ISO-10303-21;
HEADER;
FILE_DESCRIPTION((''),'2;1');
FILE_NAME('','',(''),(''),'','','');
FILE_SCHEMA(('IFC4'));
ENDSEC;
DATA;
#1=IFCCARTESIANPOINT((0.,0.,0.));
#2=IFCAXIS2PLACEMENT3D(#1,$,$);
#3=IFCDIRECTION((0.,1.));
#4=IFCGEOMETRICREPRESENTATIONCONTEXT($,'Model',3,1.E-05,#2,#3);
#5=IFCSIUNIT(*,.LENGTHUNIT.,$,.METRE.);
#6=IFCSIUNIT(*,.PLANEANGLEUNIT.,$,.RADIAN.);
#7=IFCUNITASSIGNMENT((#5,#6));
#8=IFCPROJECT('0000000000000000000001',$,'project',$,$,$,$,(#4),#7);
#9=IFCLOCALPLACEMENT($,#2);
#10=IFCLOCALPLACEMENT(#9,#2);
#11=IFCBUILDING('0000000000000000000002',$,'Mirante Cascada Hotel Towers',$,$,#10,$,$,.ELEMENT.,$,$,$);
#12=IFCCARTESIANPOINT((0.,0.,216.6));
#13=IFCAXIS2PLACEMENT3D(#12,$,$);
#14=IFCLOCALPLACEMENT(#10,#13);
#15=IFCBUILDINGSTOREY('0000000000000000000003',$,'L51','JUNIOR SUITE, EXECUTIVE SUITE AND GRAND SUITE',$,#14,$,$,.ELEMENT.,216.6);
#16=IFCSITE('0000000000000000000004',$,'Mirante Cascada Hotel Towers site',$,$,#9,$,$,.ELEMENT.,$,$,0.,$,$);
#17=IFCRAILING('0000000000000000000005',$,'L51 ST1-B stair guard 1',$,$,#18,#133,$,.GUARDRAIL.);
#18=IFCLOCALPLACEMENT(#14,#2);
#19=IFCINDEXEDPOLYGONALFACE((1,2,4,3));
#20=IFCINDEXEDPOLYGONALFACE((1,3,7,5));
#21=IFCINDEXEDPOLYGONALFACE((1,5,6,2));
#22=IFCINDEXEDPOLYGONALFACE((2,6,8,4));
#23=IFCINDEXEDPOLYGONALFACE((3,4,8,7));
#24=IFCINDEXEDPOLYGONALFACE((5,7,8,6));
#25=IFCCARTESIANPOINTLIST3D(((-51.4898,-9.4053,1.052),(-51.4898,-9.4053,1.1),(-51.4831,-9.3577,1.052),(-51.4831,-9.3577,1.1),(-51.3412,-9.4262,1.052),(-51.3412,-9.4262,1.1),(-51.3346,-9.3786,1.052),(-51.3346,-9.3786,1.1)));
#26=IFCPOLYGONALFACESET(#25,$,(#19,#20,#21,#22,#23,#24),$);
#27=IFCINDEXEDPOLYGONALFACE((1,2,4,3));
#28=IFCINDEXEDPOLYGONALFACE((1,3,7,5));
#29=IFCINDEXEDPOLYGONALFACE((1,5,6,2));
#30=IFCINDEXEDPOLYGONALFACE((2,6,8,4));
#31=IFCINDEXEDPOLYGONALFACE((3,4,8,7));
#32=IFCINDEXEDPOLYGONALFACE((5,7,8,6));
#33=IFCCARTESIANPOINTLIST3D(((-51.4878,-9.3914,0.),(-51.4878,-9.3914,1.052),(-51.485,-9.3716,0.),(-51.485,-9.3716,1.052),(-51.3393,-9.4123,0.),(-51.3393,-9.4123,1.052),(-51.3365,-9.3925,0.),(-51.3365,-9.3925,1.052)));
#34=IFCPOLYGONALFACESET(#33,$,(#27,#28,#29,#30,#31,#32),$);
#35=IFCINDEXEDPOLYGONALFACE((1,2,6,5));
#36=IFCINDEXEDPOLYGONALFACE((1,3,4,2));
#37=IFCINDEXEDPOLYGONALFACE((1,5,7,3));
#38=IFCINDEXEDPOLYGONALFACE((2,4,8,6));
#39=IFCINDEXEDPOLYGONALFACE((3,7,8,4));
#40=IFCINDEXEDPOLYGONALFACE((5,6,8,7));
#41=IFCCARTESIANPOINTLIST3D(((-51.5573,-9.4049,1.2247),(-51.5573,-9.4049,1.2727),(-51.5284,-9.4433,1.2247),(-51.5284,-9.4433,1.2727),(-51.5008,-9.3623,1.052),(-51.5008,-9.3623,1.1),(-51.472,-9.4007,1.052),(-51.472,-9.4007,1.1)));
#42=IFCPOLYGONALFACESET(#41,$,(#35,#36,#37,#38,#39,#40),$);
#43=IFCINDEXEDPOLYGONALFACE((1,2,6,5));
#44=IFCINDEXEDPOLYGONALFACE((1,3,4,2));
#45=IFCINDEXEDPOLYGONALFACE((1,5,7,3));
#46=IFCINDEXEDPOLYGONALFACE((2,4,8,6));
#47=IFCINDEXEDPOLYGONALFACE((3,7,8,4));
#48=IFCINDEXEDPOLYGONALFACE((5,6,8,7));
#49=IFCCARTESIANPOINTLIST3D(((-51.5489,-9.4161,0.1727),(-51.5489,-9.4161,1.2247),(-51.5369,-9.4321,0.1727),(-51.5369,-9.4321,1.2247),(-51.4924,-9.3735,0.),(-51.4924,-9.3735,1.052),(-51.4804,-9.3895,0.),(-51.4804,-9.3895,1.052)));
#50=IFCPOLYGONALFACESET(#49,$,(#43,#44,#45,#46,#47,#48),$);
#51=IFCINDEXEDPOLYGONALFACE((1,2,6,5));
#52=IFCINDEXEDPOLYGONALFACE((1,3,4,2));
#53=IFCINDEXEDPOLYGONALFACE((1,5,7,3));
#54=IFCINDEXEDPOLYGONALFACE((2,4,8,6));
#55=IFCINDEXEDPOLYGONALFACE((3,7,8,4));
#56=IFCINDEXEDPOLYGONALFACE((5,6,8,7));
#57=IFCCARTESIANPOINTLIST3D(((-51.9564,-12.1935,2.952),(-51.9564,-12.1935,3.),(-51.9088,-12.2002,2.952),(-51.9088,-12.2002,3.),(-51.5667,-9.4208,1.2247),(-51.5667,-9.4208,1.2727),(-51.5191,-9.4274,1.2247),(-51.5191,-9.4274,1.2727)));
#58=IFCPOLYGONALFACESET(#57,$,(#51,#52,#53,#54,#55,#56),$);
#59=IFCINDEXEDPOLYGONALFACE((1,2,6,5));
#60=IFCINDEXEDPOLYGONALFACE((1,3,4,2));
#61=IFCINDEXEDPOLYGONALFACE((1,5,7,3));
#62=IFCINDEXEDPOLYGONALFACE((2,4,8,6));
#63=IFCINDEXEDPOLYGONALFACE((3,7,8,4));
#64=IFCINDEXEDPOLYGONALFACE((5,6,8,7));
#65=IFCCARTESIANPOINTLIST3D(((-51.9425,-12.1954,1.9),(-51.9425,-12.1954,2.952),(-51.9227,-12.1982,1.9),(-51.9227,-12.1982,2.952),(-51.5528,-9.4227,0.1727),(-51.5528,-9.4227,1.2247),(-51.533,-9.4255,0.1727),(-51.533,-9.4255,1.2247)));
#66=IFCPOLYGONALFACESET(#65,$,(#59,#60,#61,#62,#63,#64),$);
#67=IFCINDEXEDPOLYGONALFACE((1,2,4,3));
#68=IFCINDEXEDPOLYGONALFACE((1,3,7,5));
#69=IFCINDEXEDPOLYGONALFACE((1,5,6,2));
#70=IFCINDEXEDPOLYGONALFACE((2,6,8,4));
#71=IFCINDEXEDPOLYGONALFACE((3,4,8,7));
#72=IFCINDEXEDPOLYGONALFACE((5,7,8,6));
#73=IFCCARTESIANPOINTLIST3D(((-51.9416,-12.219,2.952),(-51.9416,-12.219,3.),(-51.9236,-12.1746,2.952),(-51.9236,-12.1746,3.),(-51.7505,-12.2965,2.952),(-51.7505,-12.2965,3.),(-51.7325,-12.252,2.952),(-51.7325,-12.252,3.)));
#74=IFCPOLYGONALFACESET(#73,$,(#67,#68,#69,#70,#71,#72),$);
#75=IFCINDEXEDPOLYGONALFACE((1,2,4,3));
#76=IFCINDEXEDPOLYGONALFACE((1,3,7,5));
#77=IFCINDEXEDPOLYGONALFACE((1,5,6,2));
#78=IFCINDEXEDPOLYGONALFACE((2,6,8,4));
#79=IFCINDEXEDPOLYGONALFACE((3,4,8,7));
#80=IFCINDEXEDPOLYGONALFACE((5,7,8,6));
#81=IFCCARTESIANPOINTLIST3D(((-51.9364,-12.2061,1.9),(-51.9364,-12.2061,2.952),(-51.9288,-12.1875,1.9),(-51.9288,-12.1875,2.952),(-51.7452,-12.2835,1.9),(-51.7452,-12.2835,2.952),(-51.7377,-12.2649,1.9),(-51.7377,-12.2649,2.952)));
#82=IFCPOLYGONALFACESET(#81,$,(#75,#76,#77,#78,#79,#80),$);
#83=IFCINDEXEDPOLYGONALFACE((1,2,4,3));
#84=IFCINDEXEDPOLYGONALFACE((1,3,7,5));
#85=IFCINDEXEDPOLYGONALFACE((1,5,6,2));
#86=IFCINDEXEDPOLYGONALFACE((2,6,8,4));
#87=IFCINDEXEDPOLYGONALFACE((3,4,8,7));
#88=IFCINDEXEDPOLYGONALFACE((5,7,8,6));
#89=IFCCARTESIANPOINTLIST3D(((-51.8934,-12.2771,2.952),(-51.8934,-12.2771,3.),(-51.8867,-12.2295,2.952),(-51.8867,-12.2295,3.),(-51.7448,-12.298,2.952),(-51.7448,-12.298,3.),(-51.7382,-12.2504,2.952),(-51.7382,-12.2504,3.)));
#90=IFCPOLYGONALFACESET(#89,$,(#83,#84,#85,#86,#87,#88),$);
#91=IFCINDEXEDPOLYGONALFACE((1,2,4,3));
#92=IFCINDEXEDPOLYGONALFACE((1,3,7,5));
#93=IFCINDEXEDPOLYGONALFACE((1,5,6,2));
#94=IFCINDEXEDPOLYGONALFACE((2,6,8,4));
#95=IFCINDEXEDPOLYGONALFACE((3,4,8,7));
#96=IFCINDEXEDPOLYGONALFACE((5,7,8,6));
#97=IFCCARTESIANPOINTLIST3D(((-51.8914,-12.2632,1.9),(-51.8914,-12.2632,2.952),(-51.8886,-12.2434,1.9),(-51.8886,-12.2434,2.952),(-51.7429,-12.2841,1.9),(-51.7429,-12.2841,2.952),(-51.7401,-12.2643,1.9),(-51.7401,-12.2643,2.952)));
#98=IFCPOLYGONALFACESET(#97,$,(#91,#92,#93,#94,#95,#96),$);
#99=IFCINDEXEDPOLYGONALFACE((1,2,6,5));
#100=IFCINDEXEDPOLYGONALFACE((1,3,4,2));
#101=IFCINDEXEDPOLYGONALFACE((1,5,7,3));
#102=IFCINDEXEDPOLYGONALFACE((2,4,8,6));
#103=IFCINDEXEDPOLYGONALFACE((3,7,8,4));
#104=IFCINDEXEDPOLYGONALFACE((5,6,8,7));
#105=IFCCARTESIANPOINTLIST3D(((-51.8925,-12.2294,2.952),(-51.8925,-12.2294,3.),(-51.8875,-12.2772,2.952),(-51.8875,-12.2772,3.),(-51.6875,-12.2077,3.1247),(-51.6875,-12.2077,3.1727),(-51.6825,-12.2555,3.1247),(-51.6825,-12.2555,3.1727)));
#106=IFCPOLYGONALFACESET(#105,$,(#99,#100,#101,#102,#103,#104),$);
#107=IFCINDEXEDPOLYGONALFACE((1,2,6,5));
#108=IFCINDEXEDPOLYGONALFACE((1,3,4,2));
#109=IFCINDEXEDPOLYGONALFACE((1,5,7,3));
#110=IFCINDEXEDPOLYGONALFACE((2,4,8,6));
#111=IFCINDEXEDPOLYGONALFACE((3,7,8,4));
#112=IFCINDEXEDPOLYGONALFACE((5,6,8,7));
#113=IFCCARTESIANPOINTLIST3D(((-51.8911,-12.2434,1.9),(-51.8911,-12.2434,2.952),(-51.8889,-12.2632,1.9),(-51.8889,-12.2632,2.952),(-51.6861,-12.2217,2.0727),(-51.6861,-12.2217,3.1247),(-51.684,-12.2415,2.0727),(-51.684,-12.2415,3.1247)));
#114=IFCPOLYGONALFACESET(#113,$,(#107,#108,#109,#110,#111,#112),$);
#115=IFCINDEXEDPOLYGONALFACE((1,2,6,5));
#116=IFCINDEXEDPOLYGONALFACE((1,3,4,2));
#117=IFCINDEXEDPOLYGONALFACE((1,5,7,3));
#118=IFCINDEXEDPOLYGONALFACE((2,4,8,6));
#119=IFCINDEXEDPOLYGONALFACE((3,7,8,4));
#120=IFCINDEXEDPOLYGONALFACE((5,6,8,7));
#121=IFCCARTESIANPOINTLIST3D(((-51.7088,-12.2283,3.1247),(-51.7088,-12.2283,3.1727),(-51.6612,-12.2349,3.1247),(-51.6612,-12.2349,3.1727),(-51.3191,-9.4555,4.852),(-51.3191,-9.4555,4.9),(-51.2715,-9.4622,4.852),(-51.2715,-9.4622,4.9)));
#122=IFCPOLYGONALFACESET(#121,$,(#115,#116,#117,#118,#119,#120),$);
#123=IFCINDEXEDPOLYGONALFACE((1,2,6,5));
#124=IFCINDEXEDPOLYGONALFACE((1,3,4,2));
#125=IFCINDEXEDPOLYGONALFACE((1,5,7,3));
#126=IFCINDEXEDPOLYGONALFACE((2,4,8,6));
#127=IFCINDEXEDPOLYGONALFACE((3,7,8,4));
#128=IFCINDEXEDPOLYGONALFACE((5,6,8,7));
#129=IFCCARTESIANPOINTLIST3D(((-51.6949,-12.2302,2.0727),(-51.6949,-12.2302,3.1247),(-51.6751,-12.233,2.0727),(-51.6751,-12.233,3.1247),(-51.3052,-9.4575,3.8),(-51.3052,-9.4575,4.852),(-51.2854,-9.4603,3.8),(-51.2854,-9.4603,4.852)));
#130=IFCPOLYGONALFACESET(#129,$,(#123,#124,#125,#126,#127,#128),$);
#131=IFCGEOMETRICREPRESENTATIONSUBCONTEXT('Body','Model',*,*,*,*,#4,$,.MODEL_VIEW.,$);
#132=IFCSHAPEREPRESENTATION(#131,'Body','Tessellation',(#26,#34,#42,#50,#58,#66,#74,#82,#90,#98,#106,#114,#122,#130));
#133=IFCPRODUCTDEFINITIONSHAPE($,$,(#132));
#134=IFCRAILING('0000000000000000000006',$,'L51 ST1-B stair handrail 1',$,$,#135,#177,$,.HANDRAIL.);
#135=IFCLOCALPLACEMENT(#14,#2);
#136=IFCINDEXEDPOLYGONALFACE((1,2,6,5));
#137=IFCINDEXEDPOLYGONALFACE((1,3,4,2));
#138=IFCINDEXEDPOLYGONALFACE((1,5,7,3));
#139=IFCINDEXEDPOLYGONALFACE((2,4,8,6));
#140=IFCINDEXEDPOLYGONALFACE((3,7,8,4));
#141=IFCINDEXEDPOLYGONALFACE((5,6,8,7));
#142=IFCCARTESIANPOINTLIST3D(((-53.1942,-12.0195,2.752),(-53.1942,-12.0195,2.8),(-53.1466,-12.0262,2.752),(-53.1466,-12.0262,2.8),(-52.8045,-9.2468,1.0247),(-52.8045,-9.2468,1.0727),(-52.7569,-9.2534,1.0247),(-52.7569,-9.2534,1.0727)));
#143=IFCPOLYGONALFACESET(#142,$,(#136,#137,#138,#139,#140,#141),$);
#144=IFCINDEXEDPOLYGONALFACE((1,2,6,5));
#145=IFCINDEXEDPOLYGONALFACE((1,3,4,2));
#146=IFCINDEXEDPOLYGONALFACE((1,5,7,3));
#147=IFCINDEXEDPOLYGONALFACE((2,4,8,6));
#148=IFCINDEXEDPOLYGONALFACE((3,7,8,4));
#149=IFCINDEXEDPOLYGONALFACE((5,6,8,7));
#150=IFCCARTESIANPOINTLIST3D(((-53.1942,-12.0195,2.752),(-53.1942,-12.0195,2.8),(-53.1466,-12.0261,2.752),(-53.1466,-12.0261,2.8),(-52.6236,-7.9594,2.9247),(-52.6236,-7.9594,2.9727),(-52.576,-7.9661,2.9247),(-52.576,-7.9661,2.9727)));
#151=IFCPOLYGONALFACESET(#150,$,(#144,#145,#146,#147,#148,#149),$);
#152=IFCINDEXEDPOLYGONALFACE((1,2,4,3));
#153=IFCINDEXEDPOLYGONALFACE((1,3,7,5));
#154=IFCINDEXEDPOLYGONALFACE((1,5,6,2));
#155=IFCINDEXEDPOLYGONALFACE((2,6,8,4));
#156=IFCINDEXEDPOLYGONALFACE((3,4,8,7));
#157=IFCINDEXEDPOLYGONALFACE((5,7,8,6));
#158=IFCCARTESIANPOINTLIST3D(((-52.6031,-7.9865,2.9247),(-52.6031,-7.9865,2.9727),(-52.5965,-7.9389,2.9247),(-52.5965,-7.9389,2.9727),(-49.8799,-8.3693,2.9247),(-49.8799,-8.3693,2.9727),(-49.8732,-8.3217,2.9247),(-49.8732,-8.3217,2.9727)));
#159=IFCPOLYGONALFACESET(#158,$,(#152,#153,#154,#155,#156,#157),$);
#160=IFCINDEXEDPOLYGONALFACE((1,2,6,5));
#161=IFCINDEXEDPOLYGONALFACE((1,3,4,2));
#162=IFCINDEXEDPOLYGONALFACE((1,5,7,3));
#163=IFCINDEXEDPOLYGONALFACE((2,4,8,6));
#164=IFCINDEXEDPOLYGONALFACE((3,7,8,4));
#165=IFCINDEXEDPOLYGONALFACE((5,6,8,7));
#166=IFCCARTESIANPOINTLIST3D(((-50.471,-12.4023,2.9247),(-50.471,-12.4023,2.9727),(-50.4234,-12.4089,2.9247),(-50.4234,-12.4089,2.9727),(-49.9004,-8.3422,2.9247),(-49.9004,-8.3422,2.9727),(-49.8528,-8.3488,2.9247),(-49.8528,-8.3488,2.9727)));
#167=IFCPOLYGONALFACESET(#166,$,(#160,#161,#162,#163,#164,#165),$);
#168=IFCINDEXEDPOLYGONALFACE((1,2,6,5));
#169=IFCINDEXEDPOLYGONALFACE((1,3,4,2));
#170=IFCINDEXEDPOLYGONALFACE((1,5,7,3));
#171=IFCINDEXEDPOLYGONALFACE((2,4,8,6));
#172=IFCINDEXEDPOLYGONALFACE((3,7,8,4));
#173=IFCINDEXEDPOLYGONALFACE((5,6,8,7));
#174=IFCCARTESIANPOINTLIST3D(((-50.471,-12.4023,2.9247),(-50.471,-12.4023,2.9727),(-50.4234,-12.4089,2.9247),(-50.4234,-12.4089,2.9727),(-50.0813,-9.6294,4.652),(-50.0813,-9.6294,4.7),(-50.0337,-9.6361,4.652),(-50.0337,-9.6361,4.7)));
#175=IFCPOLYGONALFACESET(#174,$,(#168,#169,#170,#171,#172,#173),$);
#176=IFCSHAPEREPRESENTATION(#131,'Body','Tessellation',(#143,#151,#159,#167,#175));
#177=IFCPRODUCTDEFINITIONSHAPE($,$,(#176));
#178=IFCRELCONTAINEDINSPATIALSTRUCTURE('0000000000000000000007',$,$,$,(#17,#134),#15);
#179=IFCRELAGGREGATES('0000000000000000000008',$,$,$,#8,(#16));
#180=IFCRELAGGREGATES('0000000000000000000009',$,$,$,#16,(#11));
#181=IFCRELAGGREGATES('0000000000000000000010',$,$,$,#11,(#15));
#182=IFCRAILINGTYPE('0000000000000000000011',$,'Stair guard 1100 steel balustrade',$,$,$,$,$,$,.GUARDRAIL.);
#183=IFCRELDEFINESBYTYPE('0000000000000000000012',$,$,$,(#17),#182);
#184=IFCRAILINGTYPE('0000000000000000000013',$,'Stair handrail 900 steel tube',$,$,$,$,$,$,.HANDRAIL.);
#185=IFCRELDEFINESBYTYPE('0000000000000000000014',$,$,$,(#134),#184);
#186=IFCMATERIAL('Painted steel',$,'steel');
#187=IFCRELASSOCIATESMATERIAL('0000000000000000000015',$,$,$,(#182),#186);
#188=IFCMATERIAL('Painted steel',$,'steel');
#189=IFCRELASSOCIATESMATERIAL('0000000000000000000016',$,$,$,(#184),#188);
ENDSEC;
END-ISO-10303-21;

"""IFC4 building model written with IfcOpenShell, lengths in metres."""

from ifc_helpers import new_model, si_unit, direction, frame, origin, origin_2d, place, context, subcontext, project, spatial, rectangle, extrude, material, type_object, element, save


model = new_model("IFC4")

# Units and contexts
model_context = context("Model", 3, precision=1e-05, world=origin(), true_north=direction((0.0, 1.0)))
body_context = subcontext(model_context, "Body", "Model", "MODEL_VIEW")
ifc_project = project(units=[si_unit("LENGTHUNIT", "METRE"), si_unit("PLANEANGLEUNIT", "RADIAN")], contexts=[model_context])

# Site, building, storey
site_placement = place(None, origin())
site = spatial("IfcSite", under=ifc_project, at=site_placement, Name="Mirante Cascada Hotel Towers site", CompositionType="ELEMENT", RefElevation=0.0)
building_placement = place(site_placement, origin())
building = spatial("IfcBuilding", under=site, at=building_placement, Name="Mirante Cascada Hotel Towers", CompositionType="ELEMENT")
storey_placement = place(building_placement, frame((0.0, 0.0, 216.6)))
storey = spatial("IfcBuildingStorey", under=building, at=storey_placement, Name="L51", Description="JUNIOR SUITE, EXECUTIVE SUITE AND GRAND SUITE", CompositionType="ELEMENT", Elevation=216.6)

# Railings
ifc_material_1 = material(Name="Painted steel", Category="steel")
railing_type_1 = type_object("IfcRailingType", Name="Stair guard 1100 steel balustrade", PredefinedType="GUARDRAIL", material=ifc_material_1)
railing_1_placement = place(storey_placement, frame((-51.3379, -9.4024, 0.0)))
element("IfcRailing", 1, at=railing_1_placement, inside=storey, type_object=railing_type_1, Name="L51 ST1-B stair guard 1", PredefinedType="GUARDRAIL", context=body_context, shape_type="SweptSolid", body=[
    extrude(rectangle(XDim=0.048, YDim=0.048, at=origin_2d()), frame((0.0, 0.0, 1.076), z_axis=(-0.990241, 0.139367, 0.0), x_axis=(-0.139367, -0.990241, 0.0)), (0.0, 0.0, 1.0), 0.15),
    extrude(rectangle(XDim=0.02, YDim=1.052, at=origin_2d()), frame((0.0, 0.0, 0.526), z_axis=(-0.990241, 0.139367, 0.0), x_axis=(-0.139367, -0.990241, 0.0)), (0.0, 0.0, 1.0), 0.15),
    extrude(rectangle(XDim=0.048, YDim=0.048, at=origin_2d()), frame((-0.1485, 0.0209, 1.076), z_axis=(-0.798471, -0.602033, 0.0), x_axis=(0.602033, -0.798471, 0.0)), (0.0, 0.92534, 0.379139), 0.1866),
    extrude(rectangle(XDim=0.02, YDim=1.052, at=origin_2d()), frame((-0.1485, 0.0209, 0.526), z_axis=(-0.798471, -0.602033, 0.0), x_axis=(0.602033, -0.798471, 0.0)), (0.0, 0.92534, 0.379139), 0.1866),
    extrude(rectangle(XDim=0.048, YDim=0.048, at=origin_2d()), frame((-0.205, -0.0217, 1.2487), z_axis=(-0.139181, -0.990267, 0.0), x_axis=(0.990267, -0.139181, 0.0)), (0.0, 0.525035, 0.851081), 3.2899),
    extrude(rectangle(XDim=0.02, YDim=1.052, at=origin_2d()), frame((-0.205, -0.0217, 0.6987), z_axis=(-0.139181, -0.990267, 0.0), x_axis=(0.990267, -0.139181, 0.0)), (0.0, 0.525035, 0.851081), 3.2899),
    extrude(rectangle(XDim=0.048, YDim=0.048, at=origin_2d()), frame((-0.5947, -2.7944, 2.976), z_axis=(0.926862, -0.375401, 0.0), x_axis=(0.375401, 0.926862, 0.0)), (0.0, 0.0, 1.0), 0.2062),
    extrude(rectangle(XDim=0.02, YDim=1.052, at=origin_2d()), frame((-0.5947, -2.7944, 2.426), z_axis=(0.926862, -0.375401, 0.0), x_axis=(0.375401, 0.926862, 0.0)), (0.0, 0.0, 1.0), 0.2062),
    extrude(rectangle(XDim=0.048, YDim=0.048, at=origin_2d()), frame((-0.4036, -2.8718, 2.976), z_axis=(-0.990241, 0.139367, 0.0), x_axis=(-0.139367, -0.990241, 0.0)), (0.0, 0.0, 1.0), 0.15),
    extrude(rectangle(XDim=0.02, YDim=1.052, at=origin_2d()), frame((-0.4036, -2.8718, 2.426), z_axis=(-0.990241, 0.139367, 0.0), x_axis=(-0.139367, -0.990241, 0.0)), (0.0, 0.0, 1.0), 0.15),
    extrude(rectangle(XDim=0.048, YDim=0.048, at=origin_2d()), frame((-0.5521, -2.8509, 2.976), z_axis=(0.994444, 0.105266, 0.0), x_axis=(-0.105266, 0.994444, 0.0)), (0.0, 0.642184, 0.76655), 0.2689),
    extrude(rectangle(XDim=0.02, YDim=1.052, at=origin_2d()), frame((-0.5521, -2.8509, 2.426), z_axis=(0.994444, 0.105266, 0.0), x_axis=(-0.105266, 0.994444, 0.0)), (0.0, 0.642184, 0.76655), 0.2689),
    extrude(rectangle(XDim=0.048, YDim=0.048, at=origin_2d()), frame((-0.3471, -2.8292, 3.1487), z_axis=(0.139181, 0.990267, 0.0), x_axis=(-0.990267, 0.139181, 0.0)), (0.0, 0.525035, 0.851081), 3.2899),
    extrude(rectangle(XDim=0.02, YDim=1.052, at=origin_2d()), frame((-0.3471, -2.8292, 2.5987), z_axis=(0.139181, 0.990267, 0.0), x_axis=(-0.990267, 0.139181, 0.0)), (0.0, 0.525035, 0.851081), 3.2899),
])
ifc_material_2 = material(Name="Painted steel", Category="steel")
railing_type_2 = type_object("IfcRailingType", Name="Stair handrail 900 steel tube", PredefinedType="HANDRAIL", material=ifc_material_2)
railing_2_placement = place(storey_placement, frame((-52.7807, -9.2501, 0.1727)))
element("IfcRailing", 2, at=railing_2_placement, inside=storey, type_object=railing_type_2, Name="L51 ST1-B stair handrail 1", PredefinedType="HANDRAIL", context=body_context, shape_type="SweptSolid", body=[
    extrude(rectangle(XDim=0.048, YDim=0.048, at=origin_2d()), frame((0.0, 0.0, 0.876), z_axis=(-0.139181, -0.990267, 0.0), x_axis=(0.990267, -0.139181, 0.0)), (0.0, 0.525035, 0.851081), 3.2899),
    extrude(rectangle(XDim=0.048, YDim=0.048, at=origin_2d()), frame((-0.3897, -2.7727, 2.6033), z_axis=(0.139171, 0.990268, 0.0), x_axis=(-0.990268, 0.139171, 0.0)), (0.0, 0.042085, 0.999114), 4.1036),
    extrude(rectangle(XDim=0.048, YDim=0.048, at=origin_2d()), frame((0.1809, 1.2874, 2.776), z_axis=(0.990264, -0.139201, 0.0), x_axis=(0.139201, 0.990264, 0.0)), (0.0, 0.0, 1.0), 2.75),
    extrude(rectangle(XDim=0.048, YDim=0.048, at=origin_2d()), frame((2.9041, 0.9046, 2.776), z_axis=(-0.139171, -0.990268, 0.0), x_axis=(0.990268, -0.139171, 0.0)), (0.0, 0.0, 1.0), 4.1),
    extrude(rectangle(XDim=0.048, YDim=0.048, at=origin_2d()), frame((2.3335, -3.1555, 2.776), z_axis=(0.139176, 0.990268, 0.0), x_axis=(-0.990268, 0.139176, 0.0)), (0.0, 0.525021, 0.851089), 3.29),
])

save(model, "model.ifc")
